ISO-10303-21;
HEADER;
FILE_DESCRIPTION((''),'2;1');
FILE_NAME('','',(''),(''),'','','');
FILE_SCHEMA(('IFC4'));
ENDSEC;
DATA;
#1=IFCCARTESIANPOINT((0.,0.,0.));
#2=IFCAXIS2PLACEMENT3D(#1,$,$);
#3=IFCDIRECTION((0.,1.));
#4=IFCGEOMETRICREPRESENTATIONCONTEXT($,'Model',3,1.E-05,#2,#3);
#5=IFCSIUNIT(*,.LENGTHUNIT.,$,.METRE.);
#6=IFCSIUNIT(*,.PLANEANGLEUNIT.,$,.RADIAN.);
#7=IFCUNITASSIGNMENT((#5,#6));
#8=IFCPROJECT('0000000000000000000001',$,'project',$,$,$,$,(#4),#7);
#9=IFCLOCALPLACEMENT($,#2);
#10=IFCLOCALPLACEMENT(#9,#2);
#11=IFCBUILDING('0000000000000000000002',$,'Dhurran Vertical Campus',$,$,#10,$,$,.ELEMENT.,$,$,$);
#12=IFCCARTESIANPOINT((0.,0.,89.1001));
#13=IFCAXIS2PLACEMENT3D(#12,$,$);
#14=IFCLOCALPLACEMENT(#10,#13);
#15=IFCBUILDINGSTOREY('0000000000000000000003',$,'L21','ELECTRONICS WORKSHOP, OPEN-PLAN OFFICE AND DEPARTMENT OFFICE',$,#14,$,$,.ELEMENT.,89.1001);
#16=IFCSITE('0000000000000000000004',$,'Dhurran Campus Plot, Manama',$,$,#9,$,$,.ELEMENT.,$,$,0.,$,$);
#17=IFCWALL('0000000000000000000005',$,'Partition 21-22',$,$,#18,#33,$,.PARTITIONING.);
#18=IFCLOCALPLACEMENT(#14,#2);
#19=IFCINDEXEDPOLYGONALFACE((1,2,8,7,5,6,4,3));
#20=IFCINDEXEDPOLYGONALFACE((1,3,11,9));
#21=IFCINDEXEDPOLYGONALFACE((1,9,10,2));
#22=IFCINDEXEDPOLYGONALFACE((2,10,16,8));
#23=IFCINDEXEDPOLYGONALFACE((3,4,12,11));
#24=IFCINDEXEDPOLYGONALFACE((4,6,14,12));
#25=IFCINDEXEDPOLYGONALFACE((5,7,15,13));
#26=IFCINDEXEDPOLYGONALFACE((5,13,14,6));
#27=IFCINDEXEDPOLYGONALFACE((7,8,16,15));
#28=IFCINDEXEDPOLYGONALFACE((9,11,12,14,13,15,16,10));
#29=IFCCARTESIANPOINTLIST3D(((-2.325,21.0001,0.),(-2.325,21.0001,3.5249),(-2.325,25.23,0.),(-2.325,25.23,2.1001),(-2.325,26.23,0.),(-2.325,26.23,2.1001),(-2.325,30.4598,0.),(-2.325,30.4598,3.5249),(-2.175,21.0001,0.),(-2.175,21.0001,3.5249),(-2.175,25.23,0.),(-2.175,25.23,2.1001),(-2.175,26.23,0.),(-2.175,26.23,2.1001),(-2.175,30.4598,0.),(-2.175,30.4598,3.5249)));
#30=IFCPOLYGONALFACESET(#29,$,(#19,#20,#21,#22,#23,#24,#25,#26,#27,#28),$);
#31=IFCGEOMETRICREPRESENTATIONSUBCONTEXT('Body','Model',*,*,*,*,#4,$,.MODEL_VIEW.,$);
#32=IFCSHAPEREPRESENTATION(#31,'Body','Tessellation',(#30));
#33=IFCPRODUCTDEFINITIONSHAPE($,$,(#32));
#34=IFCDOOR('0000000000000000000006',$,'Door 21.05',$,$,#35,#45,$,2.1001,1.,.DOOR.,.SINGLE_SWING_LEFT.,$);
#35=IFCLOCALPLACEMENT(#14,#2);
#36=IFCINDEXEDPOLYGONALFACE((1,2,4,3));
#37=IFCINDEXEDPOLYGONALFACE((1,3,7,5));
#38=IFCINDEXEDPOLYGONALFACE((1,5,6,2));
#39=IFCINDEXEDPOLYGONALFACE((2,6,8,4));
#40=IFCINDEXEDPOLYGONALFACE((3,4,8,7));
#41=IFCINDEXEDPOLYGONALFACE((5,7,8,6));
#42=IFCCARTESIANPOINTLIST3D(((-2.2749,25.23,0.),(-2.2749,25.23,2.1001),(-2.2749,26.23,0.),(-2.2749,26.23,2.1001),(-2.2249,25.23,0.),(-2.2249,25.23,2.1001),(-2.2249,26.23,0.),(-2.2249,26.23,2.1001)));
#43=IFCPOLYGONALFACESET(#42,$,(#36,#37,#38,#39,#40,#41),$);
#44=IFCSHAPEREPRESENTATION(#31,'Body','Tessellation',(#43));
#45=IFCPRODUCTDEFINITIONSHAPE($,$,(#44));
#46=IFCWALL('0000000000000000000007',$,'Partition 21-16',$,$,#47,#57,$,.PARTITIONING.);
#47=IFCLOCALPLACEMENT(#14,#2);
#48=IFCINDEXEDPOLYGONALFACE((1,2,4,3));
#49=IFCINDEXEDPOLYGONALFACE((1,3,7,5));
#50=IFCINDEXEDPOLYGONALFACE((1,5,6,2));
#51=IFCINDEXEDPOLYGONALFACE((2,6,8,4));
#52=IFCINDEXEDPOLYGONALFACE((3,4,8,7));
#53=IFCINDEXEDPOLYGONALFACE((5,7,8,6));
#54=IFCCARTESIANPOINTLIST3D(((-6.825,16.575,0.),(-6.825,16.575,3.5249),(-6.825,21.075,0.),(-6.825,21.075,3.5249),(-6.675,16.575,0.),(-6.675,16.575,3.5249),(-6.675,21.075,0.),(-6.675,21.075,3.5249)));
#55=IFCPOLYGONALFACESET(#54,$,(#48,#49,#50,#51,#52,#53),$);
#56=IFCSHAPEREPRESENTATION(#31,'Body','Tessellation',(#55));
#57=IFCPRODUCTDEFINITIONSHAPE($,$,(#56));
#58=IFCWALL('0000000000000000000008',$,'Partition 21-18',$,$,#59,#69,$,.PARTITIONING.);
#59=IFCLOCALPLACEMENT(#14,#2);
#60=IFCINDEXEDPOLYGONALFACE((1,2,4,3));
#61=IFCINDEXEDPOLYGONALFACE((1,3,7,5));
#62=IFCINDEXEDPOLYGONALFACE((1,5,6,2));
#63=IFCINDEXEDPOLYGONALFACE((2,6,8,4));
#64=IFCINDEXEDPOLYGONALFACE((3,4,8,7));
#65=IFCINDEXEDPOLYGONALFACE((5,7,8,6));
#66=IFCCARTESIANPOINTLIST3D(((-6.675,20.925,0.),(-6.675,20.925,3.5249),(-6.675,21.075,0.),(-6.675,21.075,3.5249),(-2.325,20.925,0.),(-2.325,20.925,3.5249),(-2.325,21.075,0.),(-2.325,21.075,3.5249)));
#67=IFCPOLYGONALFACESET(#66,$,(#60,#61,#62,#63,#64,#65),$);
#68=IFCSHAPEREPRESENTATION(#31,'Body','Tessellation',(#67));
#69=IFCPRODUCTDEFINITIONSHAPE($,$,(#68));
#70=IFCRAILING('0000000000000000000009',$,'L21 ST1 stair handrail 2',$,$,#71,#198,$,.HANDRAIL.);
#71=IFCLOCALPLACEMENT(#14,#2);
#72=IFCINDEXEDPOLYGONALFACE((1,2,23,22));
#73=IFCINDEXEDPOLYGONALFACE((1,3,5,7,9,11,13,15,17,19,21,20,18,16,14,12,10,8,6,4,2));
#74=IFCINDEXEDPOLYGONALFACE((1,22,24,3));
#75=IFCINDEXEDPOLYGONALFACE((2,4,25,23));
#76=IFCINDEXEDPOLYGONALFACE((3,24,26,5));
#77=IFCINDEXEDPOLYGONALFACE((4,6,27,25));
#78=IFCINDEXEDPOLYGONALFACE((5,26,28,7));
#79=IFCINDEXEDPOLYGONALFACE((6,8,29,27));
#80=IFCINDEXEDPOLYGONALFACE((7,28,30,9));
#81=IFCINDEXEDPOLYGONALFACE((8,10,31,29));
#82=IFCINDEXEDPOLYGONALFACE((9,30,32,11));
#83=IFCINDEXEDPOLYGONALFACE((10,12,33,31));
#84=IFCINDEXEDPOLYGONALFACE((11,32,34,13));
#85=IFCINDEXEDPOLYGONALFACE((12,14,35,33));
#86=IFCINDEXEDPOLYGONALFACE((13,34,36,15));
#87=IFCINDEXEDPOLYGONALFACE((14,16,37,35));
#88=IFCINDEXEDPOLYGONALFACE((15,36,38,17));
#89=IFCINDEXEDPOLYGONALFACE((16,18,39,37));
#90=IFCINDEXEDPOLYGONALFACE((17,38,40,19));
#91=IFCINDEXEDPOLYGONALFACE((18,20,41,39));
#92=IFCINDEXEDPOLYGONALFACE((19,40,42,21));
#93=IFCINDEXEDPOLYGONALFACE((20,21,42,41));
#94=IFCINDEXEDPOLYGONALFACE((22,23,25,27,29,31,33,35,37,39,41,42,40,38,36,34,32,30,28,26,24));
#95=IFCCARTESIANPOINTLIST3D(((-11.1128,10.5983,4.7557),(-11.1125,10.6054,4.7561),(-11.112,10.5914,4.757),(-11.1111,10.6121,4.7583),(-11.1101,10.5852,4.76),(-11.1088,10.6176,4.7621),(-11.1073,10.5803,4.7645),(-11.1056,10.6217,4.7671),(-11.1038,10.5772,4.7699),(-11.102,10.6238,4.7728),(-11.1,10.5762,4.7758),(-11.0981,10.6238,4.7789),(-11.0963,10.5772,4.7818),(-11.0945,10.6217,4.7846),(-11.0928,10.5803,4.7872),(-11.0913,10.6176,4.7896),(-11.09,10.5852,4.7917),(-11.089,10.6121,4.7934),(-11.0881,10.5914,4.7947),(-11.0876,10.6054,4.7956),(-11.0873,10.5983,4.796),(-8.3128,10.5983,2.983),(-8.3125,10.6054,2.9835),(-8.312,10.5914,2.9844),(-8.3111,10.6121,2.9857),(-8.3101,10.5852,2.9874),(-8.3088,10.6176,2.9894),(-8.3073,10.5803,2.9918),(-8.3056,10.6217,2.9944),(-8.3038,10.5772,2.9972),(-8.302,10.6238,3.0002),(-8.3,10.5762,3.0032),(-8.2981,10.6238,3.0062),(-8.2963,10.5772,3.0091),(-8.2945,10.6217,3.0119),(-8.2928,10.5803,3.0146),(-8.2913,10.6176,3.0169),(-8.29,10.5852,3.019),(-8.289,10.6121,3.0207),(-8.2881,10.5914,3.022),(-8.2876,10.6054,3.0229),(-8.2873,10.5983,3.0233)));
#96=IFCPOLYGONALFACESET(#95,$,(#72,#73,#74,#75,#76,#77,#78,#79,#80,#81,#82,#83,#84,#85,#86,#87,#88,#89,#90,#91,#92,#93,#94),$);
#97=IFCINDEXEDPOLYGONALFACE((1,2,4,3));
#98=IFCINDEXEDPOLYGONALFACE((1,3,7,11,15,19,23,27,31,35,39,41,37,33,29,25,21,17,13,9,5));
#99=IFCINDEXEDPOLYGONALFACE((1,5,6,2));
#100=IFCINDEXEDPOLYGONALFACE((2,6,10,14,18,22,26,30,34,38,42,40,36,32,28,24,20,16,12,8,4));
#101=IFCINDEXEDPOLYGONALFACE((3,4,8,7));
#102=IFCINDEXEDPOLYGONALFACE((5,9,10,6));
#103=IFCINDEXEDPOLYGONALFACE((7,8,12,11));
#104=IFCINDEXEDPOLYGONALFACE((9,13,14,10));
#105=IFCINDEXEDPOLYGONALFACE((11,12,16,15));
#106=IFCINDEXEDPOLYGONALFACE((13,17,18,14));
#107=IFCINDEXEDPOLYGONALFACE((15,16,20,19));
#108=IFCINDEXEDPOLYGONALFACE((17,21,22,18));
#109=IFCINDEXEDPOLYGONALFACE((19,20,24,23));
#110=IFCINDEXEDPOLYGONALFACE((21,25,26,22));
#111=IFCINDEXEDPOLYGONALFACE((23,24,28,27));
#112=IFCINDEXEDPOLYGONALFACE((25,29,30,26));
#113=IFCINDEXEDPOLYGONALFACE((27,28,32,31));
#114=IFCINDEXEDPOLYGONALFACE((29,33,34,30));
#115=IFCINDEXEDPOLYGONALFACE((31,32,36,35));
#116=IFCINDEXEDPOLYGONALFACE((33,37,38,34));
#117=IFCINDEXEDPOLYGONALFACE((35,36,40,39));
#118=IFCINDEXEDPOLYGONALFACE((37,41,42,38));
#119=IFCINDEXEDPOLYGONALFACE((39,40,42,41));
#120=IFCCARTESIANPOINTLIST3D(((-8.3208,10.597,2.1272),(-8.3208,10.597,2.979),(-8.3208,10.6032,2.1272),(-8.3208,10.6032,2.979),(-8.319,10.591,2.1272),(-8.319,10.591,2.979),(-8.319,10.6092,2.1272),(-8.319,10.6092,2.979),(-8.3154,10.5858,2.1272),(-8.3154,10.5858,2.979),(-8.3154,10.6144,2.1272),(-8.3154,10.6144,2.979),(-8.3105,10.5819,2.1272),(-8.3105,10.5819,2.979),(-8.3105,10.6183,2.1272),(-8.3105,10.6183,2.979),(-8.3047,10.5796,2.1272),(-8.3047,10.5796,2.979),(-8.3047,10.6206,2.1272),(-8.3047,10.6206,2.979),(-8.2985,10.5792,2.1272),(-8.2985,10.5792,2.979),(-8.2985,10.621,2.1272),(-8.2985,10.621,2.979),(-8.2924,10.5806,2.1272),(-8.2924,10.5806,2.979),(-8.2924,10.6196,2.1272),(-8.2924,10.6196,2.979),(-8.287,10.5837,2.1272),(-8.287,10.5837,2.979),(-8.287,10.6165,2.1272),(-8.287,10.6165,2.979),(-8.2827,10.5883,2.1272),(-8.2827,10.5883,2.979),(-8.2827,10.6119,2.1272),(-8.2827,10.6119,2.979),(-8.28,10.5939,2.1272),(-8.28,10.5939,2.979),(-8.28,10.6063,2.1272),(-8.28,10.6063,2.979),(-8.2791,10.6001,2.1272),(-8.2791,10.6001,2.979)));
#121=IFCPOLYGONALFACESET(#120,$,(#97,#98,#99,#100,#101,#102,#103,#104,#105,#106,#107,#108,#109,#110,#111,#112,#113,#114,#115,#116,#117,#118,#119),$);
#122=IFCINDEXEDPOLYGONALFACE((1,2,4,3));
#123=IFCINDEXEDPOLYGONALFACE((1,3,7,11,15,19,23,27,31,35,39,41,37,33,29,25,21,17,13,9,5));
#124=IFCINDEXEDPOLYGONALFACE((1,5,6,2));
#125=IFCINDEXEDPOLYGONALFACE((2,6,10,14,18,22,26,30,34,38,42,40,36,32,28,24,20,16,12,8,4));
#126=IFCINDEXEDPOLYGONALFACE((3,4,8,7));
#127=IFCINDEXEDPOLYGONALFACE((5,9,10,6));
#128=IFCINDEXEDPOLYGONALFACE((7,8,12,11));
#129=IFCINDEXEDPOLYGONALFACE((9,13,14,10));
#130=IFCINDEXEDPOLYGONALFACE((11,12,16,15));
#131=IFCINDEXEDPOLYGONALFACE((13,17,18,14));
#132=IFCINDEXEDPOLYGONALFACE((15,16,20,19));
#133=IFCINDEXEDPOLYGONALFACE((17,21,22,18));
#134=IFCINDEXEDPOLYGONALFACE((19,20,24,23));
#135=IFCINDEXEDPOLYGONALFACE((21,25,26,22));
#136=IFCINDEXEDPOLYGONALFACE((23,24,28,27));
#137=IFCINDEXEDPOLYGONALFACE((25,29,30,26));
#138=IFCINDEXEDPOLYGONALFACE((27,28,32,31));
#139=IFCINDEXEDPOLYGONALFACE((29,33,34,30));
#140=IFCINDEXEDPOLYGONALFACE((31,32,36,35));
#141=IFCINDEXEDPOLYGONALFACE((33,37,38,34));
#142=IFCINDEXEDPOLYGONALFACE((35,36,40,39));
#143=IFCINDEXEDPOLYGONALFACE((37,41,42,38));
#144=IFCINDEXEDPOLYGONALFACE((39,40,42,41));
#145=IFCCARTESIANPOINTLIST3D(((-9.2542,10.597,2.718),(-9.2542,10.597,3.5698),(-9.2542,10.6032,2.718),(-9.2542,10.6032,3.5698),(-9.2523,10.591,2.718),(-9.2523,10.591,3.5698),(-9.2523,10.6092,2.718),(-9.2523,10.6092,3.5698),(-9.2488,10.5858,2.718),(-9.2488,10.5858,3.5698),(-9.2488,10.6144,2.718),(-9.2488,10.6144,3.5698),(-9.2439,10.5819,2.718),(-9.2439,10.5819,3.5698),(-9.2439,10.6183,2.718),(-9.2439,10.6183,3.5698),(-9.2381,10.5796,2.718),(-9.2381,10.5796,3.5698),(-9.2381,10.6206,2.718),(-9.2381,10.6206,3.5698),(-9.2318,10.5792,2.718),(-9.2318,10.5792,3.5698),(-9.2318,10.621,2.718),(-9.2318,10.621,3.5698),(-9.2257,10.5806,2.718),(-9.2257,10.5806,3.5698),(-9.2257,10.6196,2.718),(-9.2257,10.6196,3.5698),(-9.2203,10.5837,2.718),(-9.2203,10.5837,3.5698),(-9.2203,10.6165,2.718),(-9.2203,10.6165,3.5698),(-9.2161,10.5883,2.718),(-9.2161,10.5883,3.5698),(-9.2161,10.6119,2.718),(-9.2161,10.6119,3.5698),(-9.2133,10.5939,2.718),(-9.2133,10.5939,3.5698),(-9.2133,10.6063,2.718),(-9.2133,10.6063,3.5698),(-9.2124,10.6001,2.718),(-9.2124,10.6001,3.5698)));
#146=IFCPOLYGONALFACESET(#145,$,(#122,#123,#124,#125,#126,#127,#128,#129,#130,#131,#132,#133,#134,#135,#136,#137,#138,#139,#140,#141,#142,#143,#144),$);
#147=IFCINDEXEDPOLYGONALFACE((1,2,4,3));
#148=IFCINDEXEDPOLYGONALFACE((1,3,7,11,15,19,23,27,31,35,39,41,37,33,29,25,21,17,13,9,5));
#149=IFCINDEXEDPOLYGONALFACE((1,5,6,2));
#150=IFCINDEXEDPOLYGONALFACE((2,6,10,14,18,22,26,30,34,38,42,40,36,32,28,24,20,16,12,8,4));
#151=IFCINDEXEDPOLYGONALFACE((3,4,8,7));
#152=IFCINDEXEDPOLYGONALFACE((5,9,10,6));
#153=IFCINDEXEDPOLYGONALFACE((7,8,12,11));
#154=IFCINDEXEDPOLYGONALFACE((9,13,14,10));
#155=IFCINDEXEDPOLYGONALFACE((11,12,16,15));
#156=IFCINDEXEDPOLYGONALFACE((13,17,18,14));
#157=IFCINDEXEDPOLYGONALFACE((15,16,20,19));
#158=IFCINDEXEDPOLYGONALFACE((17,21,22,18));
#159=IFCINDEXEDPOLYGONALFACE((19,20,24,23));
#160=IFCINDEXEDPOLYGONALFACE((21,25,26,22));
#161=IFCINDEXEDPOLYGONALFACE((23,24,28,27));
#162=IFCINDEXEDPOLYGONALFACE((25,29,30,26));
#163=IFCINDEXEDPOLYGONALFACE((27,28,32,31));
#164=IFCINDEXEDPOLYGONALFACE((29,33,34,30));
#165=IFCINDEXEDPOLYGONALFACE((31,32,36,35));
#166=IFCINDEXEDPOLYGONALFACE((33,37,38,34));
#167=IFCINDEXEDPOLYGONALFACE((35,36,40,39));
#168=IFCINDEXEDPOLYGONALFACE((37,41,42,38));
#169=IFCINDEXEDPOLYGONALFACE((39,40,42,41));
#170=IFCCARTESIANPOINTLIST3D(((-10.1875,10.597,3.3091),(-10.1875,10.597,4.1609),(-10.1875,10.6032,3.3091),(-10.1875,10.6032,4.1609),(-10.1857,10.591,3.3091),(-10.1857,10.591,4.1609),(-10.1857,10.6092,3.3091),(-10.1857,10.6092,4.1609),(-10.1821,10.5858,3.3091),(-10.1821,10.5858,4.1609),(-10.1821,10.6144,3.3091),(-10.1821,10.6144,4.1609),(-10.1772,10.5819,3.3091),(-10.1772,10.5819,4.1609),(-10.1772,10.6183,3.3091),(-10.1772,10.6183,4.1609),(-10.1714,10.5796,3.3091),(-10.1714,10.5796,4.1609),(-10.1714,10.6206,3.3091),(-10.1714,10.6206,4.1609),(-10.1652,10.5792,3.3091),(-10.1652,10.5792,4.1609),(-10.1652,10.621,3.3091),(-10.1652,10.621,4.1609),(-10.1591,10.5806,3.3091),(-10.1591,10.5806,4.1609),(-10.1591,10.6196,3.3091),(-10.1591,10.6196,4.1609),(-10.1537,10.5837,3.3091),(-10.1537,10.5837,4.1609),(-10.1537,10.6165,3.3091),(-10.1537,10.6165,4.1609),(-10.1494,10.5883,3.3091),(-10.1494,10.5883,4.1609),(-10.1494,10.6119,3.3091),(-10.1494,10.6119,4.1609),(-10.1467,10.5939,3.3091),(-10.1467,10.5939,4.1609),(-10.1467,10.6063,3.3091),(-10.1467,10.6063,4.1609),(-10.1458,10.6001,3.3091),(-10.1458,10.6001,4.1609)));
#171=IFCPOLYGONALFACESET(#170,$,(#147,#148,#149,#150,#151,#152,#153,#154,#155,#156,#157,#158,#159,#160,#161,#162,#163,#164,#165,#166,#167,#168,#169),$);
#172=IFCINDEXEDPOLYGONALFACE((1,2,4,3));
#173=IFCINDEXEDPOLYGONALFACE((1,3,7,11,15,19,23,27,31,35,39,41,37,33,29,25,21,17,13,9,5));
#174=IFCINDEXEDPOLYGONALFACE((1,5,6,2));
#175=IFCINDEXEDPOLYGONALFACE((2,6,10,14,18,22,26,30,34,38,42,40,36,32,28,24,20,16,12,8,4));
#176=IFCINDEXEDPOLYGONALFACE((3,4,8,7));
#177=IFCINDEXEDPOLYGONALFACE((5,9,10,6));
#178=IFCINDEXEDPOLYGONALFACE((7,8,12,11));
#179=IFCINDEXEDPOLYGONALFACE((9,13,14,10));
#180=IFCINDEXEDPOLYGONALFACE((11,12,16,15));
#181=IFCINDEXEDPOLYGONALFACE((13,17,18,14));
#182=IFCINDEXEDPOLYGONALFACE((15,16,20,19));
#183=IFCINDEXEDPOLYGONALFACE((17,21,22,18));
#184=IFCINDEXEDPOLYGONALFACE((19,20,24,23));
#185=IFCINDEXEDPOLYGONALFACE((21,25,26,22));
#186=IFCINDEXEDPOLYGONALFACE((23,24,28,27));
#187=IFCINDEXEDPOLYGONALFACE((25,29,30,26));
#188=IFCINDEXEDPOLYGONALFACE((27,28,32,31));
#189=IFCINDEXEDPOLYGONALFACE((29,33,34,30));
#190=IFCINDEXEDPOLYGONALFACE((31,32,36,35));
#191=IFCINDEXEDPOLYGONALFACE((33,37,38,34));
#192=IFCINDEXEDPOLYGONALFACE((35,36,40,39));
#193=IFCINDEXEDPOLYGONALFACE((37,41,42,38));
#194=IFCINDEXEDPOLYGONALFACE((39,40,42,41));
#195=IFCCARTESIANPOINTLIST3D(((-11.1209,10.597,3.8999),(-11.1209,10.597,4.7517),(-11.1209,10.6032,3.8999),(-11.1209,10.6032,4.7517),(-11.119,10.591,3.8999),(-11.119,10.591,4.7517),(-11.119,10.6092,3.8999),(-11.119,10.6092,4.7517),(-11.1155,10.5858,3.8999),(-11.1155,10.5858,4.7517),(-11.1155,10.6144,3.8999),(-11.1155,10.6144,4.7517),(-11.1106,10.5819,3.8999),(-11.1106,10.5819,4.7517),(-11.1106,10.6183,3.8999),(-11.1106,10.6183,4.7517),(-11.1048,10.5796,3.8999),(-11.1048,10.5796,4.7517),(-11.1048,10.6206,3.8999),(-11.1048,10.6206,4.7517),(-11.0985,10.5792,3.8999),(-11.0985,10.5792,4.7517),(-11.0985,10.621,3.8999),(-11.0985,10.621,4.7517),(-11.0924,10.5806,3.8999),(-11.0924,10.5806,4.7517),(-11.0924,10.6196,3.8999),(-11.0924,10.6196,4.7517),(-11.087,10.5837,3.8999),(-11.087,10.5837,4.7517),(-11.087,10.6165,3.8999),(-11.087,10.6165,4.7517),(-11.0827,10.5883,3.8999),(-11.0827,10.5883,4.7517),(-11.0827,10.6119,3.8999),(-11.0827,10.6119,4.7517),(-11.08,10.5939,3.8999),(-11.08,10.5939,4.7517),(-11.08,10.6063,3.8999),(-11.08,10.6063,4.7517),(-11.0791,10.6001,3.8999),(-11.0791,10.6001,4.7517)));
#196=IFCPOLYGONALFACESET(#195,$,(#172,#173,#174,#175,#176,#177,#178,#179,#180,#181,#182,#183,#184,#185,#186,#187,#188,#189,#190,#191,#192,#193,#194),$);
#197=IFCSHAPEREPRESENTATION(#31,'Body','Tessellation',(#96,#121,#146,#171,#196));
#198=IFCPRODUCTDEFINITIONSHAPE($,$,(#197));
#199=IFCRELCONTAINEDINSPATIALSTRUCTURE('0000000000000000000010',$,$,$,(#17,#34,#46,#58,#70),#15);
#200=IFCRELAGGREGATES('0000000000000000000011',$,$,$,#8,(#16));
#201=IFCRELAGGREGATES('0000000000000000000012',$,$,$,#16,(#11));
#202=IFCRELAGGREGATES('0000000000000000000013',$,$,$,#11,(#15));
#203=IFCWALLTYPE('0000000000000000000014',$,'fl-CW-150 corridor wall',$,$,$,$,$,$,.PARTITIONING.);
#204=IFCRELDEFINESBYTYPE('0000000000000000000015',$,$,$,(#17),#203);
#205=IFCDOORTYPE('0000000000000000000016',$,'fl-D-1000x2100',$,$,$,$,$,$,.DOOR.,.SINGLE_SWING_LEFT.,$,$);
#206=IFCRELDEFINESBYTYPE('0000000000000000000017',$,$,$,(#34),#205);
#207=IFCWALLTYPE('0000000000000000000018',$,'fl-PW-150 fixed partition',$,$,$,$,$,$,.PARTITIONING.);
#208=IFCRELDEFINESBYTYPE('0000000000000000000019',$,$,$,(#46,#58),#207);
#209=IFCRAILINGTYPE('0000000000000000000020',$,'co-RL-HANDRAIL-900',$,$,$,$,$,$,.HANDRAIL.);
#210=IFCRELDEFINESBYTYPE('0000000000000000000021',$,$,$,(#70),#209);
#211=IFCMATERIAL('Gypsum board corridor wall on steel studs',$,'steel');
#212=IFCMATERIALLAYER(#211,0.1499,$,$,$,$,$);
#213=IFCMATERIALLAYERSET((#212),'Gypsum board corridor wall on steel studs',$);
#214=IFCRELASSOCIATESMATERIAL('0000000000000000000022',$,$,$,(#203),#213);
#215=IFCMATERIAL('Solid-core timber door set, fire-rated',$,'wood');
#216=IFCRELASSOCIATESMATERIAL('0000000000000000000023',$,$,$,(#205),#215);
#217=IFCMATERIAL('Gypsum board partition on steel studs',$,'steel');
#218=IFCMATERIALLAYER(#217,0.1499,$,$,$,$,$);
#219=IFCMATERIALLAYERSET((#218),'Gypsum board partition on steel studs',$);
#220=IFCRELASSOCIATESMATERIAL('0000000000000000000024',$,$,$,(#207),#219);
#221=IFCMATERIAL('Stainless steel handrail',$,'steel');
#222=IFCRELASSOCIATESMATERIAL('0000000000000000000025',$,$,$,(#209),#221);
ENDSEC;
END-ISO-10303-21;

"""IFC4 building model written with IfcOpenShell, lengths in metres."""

from ifc_helpers import new_model, si_unit, direction, frame, frame_2d, origin, origin_2d, place, context, subcontext, project, spatial, rectangle, circle, extrude, material, layer, layer_set, type_object, element, fill, save


model = new_model("IFC4")

# Units and contexts
model_context = context("Model", 3, precision=1e-05, world=origin(), true_north=direction((0.0, 1.0)))
body_context = subcontext(model_context, "Body", "Model", "MODEL_VIEW")
ifc_project = project(units=[si_unit("LENGTHUNIT", "METRE"), si_unit("PLANEANGLEUNIT", "RADIAN")], contexts=[model_context])

# Site, building, storey
site_placement = place(None, origin())
site = spatial("IfcSite", under=ifc_project, at=site_placement, Name="Dhurran Campus Plot, Manama", CompositionType="ELEMENT", RefElevation=0.0)
building_placement = place(site_placement, origin())
building = spatial("IfcBuilding", under=site, at=building_placement, Name="Dhurran Vertical Campus", CompositionType="ELEMENT")
storey_placement = place(building_placement, frame((0.0, 0.0, 89.1001)))
storey = spatial("IfcBuildingStorey", under=building, at=storey_placement, Name="L21", Description="ELECTRONICS WORKSHOP, OPEN-PLAN OFFICE AND DEPARTMENT OFFICE", CompositionType="ELEMENT", Elevation=89.1001)

# Shared definitions
ifc_material_1 = material(Name="Gypsum board corridor wall on steel studs", Category="steel")
ifc_layer_1 = layer(ifc_material_1, 0.1499)
ifc_layer_set_1 = layer_set([ifc_layer_1], Name="Gypsum board corridor wall on steel studs")
wall_type_1 = type_object("IfcWallType", Name="fl-CW-150 corridor wall", PredefinedType="PARTITIONING", material=ifc_layer_set_1)

# Shared definitions
ifc_material_2 = material(Name="Solid-core timber door set, fire-rated", Category="wood")
door_type_1 = type_object("IfcDoorType", Name="fl-D-1000x2100", OperationType="SINGLE_SWING_LEFT", PredefinedType="DOOR", material=ifc_material_2)

# Wall, opening, door
wall_1_placement = place(storey_placement, frame((-2.25, 21.0, 0.0), z_axis=(0.0, 0.0, 1.0), x_axis=(0.0, 1.0, 0.0)))
wall_1 = element("IfcWall", 1, at=wall_1_placement, inside=storey, type_object=wall_type_1, Name="Partition 21-22", PredefinedType="PARTITIONING", context=body_context, shape_type="SweptSolid", body=[
    extrude(rectangle(XDim=9.4597, YDim=0.1499, at=frame_2d((4.73, 0.0))), origin(), (0.0, 0.0, 1.0), 3.5249),
])
opening_1_placement = place(wall_1_placement, frame((4.23, 0.0, 0.0)))
opening_1 = element("IfcOpeningElement", 2, at=opening_1_placement, cuts=wall_1, PredefinedType="OPENING", context=body_context, shape_type="SweptSolid", body=[
    extrude(rectangle(XDim=1.0, YDim=2.1001, at=frame_2d((0.5, 1.05))), frame((0.0, 0.085, 0.0), z_axis=(0.0, -1.0, 0.0), x_axis=(1.0, 0.0, 0.0)), (0.0, 0.0, 1.0), 0.1699),
])
door_1_placement = place(opening_1_placement, origin())
door_1 = element("IfcDoor", 3, at=door_1_placement, inside=storey, type_object=door_type_1, Name="Door 21.05", OperationType="SINGLE_SWING_LEFT", OverallHeight=2.1001, OverallWidth=1.0, PredefinedType="DOOR", context=body_context, shape_type="SweptSolid", body=[
    extrude(rectangle(XDim=1.0, YDim=2.1001, at=frame_2d((0.5, 1.05))), frame((0.0, 0.0249, 0.0), z_axis=(0.0, -1.0, 0.0), x_axis=(1.0, 0.0, 0.0)), (0.0, 0.0, 1.0), 0.05),
])
fill(opening_1, door_1)

# Walls
ifc_material_3 = material(Name="Gypsum board partition on steel studs", Category="steel")
ifc_layer_2 = layer(ifc_material_3, 0.1499)
ifc_layer_set_2 = layer_set([ifc_layer_2], Name="Gypsum board partition on steel studs")
wall_type_2 = type_object("IfcWallType", Name="fl-PW-150 fixed partition", PredefinedType="PARTITIONING", material=ifc_layer_set_2)
wall_2_placement = place(storey_placement, frame((-6.75, 21.075, 0.0), z_axis=(0.0, 0.0, 1.0), x_axis=(0.0, -1.0, 0.0)))
element("IfcWall", 4, at=wall_2_placement, inside=storey, type_object=wall_type_2, Name="Partition 21-16", PredefinedType="PARTITIONING", context=body_context, shape_type="SweptSolid", body=[
    extrude(rectangle(XDim=4.5, YDim=0.1499, at=frame_2d((2.25, 0.0))), origin(), (0.0, 0.0, 1.0), 3.5249),
])
wall_3_placement = place(storey_placement, frame((-2.325, 21.0, 0.0), z_axis=(0.0, 0.0, 1.0), x_axis=(-1.0, 0.0, 0.0)))
element("IfcWall", 5, at=wall_3_placement, inside=storey, type_object=wall_type_2, Name="Partition 21-18", PredefinedType="PARTITIONING", context=body_context, shape_type="SweptSolid", body=[
    extrude(rectangle(XDim=4.3501, YDim=0.1499, at=frame_2d((2.175, 0.0))), origin(), (0.0, 0.0, 1.0), 3.5249),
])

# Railing
ifc_material_4 = material(Name="Stainless steel handrail", Category="steel")
railing_type = type_object("IfcRailingType", Name="co-RL-HANDRAIL-900", PredefinedType="HANDRAIL", material=ifc_material_4)
railing_placement = place(storey_placement, frame((-8.3, 10.6001, 2.1272)))
element("IfcRailing", 6, at=railing_placement, inside=storey, type_object=railing_type, Name="L21 ST1 stair handrail 2", PredefinedType="HANDRAIL", context=body_context, shape_type="SweptSolid", body=[
    extrude(circle(Radius=0.0239, at=origin_2d()), frame((0.0, 0.0, 0.876), z_axis=(-0.844909, 0.0, 0.53491), x_axis=(0.0, -1.0, 0.0)), (0.0, 0.0, 1.0), 3.314),
    extrude(circle(Radius=0.021, at=origin_2d()), origin(), (0.0, 0.0, 1.0), 0.8518),
    extrude(circle(Radius=0.021, at=origin_2d()), frame((-0.9333, 0.0, 0.5908)), (0.0, 0.0, 1.0), 0.8518),
    extrude(circle(Radius=0.021, at=origin_2d()), frame((-1.8667, 0.0, 1.1819)), (0.0, 0.0, 1.0), 0.8518),
    extrude(circle(Radius=0.021, at=origin_2d()), frame((-2.8, 0.0, 1.7727)), (0.0, 0.0, 1.0), 0.8518),
])

save(model, "model.ifc")
